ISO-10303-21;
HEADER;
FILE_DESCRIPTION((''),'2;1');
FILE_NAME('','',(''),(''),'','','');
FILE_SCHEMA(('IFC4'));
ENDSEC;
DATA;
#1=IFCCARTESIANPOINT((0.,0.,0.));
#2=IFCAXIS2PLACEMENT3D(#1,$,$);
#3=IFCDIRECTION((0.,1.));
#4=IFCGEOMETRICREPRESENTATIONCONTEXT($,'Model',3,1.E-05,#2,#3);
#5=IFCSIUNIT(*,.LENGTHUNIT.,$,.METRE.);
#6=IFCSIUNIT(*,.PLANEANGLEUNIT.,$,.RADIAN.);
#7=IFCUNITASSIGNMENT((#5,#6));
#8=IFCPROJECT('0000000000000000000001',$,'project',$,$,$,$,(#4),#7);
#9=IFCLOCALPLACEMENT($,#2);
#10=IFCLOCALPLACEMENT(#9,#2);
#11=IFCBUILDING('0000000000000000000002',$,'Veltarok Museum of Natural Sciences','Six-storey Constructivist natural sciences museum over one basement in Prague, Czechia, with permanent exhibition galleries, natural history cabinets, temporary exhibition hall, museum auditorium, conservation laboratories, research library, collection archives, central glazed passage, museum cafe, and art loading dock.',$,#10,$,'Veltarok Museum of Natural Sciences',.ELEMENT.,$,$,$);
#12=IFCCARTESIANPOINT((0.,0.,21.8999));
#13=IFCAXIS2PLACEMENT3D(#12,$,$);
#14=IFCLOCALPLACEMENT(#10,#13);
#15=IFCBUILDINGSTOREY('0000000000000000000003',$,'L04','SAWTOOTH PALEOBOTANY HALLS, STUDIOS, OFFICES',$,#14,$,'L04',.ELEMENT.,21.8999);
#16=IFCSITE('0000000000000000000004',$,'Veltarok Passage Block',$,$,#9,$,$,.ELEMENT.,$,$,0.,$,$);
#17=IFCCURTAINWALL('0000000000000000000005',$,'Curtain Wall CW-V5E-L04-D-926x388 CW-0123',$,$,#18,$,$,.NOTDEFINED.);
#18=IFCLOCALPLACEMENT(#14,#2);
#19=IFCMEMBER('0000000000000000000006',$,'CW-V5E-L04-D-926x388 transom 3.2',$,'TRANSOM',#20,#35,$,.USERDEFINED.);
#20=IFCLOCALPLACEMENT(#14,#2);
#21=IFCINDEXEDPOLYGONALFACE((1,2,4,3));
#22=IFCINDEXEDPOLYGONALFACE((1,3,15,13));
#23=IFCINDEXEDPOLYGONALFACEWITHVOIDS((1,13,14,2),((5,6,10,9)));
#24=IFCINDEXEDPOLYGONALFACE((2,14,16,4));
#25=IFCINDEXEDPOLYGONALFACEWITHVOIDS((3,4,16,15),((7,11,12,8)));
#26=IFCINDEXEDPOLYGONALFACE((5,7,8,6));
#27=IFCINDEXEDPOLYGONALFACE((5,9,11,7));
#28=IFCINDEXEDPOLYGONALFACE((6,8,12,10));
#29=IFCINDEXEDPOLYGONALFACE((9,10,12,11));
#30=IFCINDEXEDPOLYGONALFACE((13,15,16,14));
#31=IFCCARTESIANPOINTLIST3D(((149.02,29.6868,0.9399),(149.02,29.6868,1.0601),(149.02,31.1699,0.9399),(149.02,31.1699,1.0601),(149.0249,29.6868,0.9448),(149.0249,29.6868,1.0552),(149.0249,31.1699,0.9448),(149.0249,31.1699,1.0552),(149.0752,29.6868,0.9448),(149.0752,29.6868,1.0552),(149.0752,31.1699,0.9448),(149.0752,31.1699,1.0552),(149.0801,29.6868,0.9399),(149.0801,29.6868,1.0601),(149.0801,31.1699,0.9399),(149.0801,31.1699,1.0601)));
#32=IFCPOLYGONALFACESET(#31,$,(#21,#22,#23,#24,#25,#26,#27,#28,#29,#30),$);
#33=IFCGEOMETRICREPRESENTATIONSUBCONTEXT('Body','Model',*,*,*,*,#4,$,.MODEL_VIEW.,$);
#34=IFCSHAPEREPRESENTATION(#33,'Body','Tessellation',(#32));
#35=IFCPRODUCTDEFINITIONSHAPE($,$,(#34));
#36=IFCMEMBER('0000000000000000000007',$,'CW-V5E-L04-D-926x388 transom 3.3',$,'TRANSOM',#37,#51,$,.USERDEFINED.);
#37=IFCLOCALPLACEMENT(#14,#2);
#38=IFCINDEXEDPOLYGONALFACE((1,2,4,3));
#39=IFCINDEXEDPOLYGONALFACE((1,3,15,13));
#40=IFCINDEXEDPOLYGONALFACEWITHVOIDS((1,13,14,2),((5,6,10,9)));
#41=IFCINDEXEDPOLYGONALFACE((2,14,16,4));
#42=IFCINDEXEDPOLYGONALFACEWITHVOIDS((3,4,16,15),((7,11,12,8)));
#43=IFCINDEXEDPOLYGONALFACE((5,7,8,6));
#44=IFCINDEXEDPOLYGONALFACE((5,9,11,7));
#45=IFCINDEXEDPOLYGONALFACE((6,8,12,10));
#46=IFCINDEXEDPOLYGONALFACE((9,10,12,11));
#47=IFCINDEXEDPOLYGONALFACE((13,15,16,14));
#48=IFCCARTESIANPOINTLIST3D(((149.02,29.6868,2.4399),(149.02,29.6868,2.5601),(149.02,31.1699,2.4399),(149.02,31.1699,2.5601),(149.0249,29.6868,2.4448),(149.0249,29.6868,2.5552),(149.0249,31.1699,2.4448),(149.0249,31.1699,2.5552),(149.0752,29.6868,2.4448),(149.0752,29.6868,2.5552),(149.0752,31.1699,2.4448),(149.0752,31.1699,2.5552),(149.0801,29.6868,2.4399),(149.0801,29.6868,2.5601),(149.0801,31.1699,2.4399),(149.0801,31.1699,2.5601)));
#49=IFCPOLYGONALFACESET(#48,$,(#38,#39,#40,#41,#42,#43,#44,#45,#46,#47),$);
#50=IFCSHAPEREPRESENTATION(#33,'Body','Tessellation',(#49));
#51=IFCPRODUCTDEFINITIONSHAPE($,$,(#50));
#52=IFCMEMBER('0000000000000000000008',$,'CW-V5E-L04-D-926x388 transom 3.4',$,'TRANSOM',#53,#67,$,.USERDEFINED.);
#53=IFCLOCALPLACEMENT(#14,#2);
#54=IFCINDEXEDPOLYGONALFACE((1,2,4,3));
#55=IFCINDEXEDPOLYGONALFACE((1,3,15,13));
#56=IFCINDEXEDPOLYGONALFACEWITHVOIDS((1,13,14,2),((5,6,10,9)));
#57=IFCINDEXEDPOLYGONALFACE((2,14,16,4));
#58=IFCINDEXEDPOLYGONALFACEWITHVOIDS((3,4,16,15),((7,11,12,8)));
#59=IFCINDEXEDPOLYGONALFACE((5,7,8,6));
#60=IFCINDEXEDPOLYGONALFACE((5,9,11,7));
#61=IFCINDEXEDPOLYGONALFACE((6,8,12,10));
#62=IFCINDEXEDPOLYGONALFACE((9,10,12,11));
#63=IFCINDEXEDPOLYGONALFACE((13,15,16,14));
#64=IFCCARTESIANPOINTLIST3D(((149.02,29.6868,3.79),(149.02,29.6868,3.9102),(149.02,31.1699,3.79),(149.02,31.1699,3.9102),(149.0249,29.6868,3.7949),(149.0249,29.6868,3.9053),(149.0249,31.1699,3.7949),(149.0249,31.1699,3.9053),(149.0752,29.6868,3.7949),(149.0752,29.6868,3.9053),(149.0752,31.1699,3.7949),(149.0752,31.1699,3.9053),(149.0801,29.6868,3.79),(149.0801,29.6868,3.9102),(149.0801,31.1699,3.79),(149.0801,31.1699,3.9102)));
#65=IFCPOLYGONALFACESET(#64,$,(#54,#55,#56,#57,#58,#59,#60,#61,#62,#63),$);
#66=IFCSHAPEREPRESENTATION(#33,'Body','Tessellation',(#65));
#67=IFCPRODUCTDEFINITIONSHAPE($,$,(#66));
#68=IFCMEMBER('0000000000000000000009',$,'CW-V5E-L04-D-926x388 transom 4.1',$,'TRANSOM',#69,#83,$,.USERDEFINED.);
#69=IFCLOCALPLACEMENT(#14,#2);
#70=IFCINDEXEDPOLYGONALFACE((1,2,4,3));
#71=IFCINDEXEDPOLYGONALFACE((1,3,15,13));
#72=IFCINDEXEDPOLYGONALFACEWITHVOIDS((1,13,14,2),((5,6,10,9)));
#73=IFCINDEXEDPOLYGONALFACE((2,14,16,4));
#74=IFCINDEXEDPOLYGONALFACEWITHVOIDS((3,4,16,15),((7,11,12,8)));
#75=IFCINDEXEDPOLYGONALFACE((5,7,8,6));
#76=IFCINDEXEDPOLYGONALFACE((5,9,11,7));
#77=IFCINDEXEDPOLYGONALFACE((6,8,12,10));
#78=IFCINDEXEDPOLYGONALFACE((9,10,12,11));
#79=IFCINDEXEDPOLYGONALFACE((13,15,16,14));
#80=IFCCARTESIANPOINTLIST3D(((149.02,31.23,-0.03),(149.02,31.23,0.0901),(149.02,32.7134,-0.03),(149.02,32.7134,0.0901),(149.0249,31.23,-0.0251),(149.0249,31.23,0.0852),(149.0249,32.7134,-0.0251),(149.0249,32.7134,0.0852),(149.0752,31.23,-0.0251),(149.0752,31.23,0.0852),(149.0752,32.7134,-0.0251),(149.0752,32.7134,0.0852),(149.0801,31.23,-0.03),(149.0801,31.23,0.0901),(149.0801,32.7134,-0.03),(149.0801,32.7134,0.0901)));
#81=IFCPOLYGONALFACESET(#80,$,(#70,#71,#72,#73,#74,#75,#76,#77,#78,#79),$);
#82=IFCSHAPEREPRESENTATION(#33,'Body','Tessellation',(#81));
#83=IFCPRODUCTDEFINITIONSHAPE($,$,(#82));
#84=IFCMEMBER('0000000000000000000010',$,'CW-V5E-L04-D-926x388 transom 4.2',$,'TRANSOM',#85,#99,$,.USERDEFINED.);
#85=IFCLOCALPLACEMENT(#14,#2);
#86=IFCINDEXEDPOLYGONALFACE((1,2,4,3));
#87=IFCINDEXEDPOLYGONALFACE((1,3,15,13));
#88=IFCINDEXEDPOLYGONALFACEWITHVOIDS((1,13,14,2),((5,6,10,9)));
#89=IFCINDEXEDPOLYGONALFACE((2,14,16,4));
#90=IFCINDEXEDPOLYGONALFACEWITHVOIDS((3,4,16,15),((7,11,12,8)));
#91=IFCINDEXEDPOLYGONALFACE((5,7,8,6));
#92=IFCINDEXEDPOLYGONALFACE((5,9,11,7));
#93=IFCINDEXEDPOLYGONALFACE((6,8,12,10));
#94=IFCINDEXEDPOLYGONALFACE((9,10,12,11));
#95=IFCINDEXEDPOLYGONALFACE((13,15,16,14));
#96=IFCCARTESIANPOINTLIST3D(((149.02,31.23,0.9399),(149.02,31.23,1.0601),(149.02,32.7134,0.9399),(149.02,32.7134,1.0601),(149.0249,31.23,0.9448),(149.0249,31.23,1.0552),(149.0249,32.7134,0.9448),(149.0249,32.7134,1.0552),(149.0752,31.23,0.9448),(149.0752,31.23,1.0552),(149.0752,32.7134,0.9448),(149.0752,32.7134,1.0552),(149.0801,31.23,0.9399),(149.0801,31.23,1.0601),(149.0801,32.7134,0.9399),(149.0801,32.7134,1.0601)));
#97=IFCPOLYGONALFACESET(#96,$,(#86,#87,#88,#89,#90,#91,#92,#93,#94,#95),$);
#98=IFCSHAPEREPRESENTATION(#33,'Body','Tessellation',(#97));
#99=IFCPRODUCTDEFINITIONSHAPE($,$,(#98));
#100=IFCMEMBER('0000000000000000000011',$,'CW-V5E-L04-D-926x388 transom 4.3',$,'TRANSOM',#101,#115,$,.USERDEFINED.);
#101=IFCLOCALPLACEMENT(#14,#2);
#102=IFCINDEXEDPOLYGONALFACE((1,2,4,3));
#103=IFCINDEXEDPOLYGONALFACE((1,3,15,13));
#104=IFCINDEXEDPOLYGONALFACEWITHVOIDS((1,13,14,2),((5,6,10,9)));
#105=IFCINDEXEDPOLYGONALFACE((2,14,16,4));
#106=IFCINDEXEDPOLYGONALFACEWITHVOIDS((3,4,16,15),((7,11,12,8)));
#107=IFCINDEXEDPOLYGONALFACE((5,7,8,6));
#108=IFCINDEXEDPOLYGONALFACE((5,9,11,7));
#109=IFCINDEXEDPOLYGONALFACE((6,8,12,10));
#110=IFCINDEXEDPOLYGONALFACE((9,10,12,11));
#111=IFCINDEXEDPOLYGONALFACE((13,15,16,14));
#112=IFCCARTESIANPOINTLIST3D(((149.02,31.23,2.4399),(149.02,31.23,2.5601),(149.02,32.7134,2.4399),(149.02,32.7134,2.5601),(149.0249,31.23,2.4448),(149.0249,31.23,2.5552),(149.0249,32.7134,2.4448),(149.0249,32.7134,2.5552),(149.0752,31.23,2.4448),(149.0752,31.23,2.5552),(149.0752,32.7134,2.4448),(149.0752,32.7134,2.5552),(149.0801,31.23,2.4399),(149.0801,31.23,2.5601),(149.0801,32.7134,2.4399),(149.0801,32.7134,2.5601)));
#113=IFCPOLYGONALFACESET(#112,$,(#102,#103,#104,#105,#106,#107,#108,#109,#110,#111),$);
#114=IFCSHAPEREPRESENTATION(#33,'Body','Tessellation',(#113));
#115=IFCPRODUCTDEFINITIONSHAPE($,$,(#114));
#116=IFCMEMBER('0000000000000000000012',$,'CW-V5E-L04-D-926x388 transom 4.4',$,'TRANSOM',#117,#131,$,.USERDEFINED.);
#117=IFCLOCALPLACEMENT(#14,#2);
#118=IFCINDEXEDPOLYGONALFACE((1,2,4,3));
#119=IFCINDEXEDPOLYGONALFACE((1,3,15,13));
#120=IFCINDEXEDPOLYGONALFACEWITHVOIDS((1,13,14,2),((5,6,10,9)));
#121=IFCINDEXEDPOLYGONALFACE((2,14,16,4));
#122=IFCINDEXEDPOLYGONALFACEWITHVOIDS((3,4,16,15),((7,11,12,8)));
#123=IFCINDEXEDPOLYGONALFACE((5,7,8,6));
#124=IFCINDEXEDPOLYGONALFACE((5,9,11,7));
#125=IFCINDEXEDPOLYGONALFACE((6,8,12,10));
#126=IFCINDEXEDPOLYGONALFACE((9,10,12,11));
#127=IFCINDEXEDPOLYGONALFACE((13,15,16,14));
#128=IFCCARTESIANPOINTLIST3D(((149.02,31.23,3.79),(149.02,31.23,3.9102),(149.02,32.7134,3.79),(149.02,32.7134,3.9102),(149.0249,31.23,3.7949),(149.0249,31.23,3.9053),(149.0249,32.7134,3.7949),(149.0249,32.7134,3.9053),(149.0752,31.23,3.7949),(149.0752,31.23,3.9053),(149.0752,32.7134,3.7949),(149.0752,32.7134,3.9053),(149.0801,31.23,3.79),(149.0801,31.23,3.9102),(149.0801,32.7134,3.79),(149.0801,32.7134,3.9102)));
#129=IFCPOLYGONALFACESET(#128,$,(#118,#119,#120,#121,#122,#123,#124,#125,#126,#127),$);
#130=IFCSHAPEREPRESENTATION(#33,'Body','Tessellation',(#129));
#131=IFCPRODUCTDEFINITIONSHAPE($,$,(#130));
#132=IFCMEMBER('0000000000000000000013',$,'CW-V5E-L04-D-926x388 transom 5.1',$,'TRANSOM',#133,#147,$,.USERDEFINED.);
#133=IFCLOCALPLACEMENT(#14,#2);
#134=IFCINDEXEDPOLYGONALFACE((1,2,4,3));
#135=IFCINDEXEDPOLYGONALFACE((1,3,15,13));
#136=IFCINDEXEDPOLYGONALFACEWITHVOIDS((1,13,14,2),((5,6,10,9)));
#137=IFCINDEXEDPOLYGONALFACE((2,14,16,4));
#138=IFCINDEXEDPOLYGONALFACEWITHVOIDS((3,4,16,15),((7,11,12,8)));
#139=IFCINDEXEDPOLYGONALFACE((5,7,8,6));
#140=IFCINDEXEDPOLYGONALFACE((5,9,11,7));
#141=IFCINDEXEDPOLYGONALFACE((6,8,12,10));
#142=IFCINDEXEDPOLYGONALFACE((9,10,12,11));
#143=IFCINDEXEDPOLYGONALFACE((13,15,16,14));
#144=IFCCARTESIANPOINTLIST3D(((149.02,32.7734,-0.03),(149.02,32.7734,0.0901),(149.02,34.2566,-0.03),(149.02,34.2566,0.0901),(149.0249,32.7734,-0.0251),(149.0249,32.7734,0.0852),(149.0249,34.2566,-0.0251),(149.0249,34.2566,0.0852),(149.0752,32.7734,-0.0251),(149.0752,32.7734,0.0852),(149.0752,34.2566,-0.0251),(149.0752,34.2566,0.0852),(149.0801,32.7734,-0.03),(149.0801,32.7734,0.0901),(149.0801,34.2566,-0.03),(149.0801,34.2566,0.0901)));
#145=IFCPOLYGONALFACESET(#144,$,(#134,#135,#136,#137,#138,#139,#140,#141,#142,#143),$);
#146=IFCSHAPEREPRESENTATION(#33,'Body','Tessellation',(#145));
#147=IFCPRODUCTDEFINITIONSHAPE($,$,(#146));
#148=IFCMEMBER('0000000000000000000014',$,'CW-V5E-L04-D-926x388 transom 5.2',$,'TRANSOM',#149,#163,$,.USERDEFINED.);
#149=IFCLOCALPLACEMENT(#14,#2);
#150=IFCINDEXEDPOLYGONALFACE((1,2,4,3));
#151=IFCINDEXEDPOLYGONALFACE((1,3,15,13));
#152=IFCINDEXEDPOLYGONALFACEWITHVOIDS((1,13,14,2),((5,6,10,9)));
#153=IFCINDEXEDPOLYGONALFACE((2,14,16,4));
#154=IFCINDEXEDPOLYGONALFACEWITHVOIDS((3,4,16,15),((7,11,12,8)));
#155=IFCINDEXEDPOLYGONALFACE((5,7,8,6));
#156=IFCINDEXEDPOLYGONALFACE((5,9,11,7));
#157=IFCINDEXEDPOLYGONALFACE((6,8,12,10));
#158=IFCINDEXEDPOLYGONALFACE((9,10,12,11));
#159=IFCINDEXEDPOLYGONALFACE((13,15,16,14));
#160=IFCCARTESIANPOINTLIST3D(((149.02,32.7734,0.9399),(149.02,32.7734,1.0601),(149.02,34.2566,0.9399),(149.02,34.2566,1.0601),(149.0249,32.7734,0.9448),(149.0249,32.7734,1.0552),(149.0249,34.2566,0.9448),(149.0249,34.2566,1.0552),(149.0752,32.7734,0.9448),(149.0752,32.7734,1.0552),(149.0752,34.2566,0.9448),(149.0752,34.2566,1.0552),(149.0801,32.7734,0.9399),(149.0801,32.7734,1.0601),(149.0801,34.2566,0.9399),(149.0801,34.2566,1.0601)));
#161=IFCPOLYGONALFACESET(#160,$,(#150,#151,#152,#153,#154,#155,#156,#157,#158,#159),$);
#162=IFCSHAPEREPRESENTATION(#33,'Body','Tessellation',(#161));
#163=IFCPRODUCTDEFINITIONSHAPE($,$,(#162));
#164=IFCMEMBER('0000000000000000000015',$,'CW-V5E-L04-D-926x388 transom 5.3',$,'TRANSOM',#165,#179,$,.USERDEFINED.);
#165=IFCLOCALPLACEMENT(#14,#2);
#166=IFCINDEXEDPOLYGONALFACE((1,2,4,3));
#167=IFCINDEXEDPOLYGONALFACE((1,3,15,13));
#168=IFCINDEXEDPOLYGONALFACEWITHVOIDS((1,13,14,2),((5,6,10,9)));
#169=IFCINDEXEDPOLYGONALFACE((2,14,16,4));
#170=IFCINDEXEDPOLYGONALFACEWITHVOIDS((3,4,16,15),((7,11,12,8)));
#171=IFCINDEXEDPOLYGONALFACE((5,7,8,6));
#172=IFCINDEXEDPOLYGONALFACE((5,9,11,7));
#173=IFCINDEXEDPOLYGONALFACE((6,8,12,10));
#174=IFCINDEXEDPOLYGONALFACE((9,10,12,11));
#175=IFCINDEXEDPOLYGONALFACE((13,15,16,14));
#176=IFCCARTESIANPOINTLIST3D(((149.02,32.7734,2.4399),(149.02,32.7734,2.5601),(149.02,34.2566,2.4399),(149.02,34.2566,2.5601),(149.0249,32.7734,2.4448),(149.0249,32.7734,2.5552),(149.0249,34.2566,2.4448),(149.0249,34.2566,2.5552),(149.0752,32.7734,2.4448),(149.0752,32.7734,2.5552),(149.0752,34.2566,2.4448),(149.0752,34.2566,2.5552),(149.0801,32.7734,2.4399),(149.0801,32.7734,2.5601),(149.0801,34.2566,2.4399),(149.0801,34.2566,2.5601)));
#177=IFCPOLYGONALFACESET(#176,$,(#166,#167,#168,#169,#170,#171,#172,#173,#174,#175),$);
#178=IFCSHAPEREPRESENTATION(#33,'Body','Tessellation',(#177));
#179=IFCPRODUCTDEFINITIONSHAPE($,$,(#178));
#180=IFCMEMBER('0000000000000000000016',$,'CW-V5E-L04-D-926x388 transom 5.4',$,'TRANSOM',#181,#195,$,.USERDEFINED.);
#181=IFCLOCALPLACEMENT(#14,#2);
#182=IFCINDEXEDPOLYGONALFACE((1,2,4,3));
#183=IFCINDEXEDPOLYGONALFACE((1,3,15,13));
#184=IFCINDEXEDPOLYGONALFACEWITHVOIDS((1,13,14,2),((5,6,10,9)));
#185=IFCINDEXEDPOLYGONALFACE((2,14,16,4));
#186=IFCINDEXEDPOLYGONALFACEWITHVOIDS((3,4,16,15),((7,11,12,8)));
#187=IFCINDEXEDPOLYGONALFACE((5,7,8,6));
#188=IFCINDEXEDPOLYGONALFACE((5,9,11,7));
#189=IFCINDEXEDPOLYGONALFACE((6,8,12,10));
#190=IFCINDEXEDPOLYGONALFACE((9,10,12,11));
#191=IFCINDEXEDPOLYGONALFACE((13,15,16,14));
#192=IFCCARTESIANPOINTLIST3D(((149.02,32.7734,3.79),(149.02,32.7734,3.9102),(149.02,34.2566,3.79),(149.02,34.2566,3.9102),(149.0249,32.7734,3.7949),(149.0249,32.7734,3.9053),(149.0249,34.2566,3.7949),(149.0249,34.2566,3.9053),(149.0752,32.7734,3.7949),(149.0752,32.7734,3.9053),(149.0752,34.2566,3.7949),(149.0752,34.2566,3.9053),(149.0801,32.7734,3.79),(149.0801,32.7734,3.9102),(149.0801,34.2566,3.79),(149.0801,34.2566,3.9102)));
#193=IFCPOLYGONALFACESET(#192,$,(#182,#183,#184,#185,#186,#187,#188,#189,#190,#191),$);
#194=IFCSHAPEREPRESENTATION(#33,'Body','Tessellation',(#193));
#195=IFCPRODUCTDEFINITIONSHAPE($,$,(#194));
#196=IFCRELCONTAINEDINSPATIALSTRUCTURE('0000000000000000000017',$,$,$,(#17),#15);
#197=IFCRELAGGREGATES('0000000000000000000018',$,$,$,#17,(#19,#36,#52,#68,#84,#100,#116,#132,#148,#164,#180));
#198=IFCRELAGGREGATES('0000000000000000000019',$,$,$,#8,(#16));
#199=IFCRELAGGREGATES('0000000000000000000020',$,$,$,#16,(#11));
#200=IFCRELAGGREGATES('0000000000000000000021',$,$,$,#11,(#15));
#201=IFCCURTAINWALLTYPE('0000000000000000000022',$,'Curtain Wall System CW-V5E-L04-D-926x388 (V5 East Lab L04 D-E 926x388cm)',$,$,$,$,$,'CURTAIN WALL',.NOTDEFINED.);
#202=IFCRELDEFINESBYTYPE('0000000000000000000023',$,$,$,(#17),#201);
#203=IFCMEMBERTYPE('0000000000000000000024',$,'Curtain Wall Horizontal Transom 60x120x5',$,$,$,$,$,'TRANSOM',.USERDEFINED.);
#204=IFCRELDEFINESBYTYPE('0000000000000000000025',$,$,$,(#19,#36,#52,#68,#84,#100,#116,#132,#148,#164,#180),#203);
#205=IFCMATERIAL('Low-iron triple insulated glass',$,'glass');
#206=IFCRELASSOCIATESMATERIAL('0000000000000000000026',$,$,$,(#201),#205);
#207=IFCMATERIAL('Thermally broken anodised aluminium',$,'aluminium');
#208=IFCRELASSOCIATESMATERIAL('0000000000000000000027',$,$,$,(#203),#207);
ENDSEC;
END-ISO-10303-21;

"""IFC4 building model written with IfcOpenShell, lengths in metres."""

from ifc_helpers import new_model, si_unit, direction, frame, origin, origin_2d, place, context, subcontext, project, spatial, hollow_rectangle, extrude, material, material_profile, profile_set, type_object, element, aggregate, save


model = new_model("IFC4")

# Units and contexts
model_context = context("Model", 3, precision=1e-05, world=origin(), true_north=direction((0.0, 1.0)))
body_context = subcontext(model_context, "Body", "Model", "MODEL_VIEW")
ifc_project = project(units=[si_unit("LENGTHUNIT", "METRE"), si_unit("PLANEANGLEUNIT", "RADIAN")], contexts=[model_context])

# Site, building, storey
site_placement = place(None, origin())
site = spatial("IfcSite", under=ifc_project, at=site_placement, Name="Veltarok Passage Block", CompositionType="ELEMENT", RefElevation=0.0)
building_placement = place(site_placement, origin())
building = spatial("IfcBuilding", under=site, at=building_placement, Name="Veltarok Museum of Natural Sciences", Description="Six-storey Constructivist natural sciences museum over one basement in Prague, Czechia, with permanent exhibition galleries, natural history cabinets, temporary exhibition hall, museum auditorium, conservation laboratories, research library, collection archives, central glazed passage, museum cafe, and art loading dock.", LongName="Veltarok Museum of Natural Sciences", CompositionType="ELEMENT")
storey_placement = place(building_placement, frame((0.0, 0.0, 21.8999)))
storey = spatial("IfcBuildingStorey", under=building, at=storey_placement, Name="L04", Description="SAWTOOTH PALEOBOTANY HALLS, STUDIOS, OFFICES", LongName="L04", CompositionType="ELEMENT", Elevation=21.8999)

# Curtain wall, members
ifc_material_1 = material(Name="Low-iron triple insulated glass", Category="glass")
curtain_wall_type = type_object("IfcCurtainWallType", Name="Curtain Wall System CW-V5E-L04-D-926x388 (V5 East Lab L04 D-E 926x388cm)", ElementType="CURTAIN WALL", PredefinedType="NOTDEFINED", material=ifc_material_1)
curtain_wall_placement = place(storey_placement, origin())
curtain_wall = element("IfcCurtainWall", 1, at=curtain_wall_placement, inside=storey, type_object=curtain_wall_type, Name="Curtain Wall CW-V5E-L04-D-926x388 CW-0123", PredefinedType="NOTDEFINED")
ifc_material_2 = material(Name="Thermally broken anodised aluminium", Category="aluminium")
ifc_material_profile_1 = material_profile(ifc_material_2, hollow_rectangle(XDim=0.0601, YDim=0.1201, WallThickness=0.0049, at=origin_2d()), Name="CW TRANSOM 60x120x5")
ifc_profile_set_1 = profile_set([ifc_material_profile_1], Name="Thermally broken anodised aluminium")
member_type_1 = type_object("IfcMemberType", Name="Curtain Wall Horizontal Transom 60x120x5", ElementType="TRANSOM", PredefinedType="USERDEFINED", material=ifc_profile_set_1)
member_1_placement = place(storey_placement, frame((149.05, 29.6868, 1.0), z_axis=(0.0, 1.0, 0.0), x_axis=(-1.0, 0.0, 0.0)))
member_1 = element("IfcMember", 2, at=member_1_placement, type_object=member_type_1, Name="CW-V5E-L04-D-926x388 transom 3.2", ObjectType="TRANSOM", PredefinedType="USERDEFINED", context=body_context, shape_type="SweptSolid", body=[
    extrude(hollow_rectangle(XDim=0.0601, YDim=0.1201, WallThickness=0.0049, at=origin_2d()), origin(), (0.0, 0.0, 1.0), 1.4832),
])
member_2_placement = place(storey_placement, frame((149.05, 29.6868, 2.5), z_axis=(0.0, 1.0, 0.0), x_axis=(-1.0, 0.0, 0.0)))
member_2 = element("IfcMember", 3, at=member_2_placement, type_object=member_type_1, Name="CW-V5E-L04-D-926x388 transom 3.3", ObjectType="TRANSOM", PredefinedType="USERDEFINED", context=body_context, shape_type="SweptSolid", body=[
    extrude(hollow_rectangle(XDim=0.0601, YDim=0.1201, WallThickness=0.0049, at=origin_2d()), origin(), (0.0, 0.0, 1.0), 1.4832),
])
member_3_placement = place(storey_placement, frame((149.05, 29.6868, 3.8501), z_axis=(0.0, 1.0, 0.0), x_axis=(-1.0, 0.0, 0.0)))
member_3 = element("IfcMember", 4, at=member_3_placement, type_object=member_type_1, Name="CW-V5E-L04-D-926x388 transom 3.4", ObjectType="TRANSOM", PredefinedType="USERDEFINED", context=body_context, shape_type="SweptSolid", body=[
    extrude(hollow_rectangle(XDim=0.0601, YDim=0.1201, WallThickness=0.0049, at=origin_2d()), origin(), (0.0, 0.0, 1.0), 1.4832),
])
member_4_placement = place(storey_placement, frame((149.05, 31.23, 0.03), z_axis=(0.0, 1.0, 0.0), x_axis=(-1.0, 0.0, 0.0)))
member_4 = element("IfcMember", 5, at=member_4_placement, type_object=member_type_1, Name="CW-V5E-L04-D-926x388 transom 4.1", ObjectType="TRANSOM", PredefinedType="USERDEFINED", context=body_context, shape_type="SweptSolid", body=[
    extrude(hollow_rectangle(XDim=0.0601, YDim=0.1201, WallThickness=0.0049, at=origin_2d()), origin(), (0.0, 0.0, 1.0), 1.4834),
])
member_5_placement = place(storey_placement, frame((149.05, 31.23, 1.0), z_axis=(0.0, 1.0, 0.0), x_axis=(-1.0, 0.0, 0.0)))
member_5 = element("IfcMember", 6, at=member_5_placement, type_object=member_type_1, Name="CW-V5E-L04-D-926x388 transom 4.2", ObjectType="TRANSOM", PredefinedType="USERDEFINED", context=body_context, shape_type="SweptSolid", body=[
    extrude(hollow_rectangle(XDim=0.0601, YDim=0.1201, WallThickness=0.0049, at=origin_2d()), origin(), (0.0, 0.0, 1.0), 1.4834),
])
member_6_placement = place(storey_placement, frame((149.05, 31.23, 2.5), z_axis=(0.0, 1.0, 0.0), x_axis=(-1.0, 0.0, 0.0)))
member_6 = element("IfcMember", 7, at=member_6_placement, type_object=member_type_1, Name="CW-V5E-L04-D-926x388 transom 4.3", ObjectType="TRANSOM", PredefinedType="USERDEFINED", context=body_context, shape_type="SweptSolid", body=[
    extrude(hollow_rectangle(XDim=0.0601, YDim=0.1201, WallThickness=0.0049, at=origin_2d()), origin(), (0.0, 0.0, 1.0), 1.4834),
])
member_7_placement = place(storey_placement, frame((149.05, 31.23, 3.8501), z_axis=(0.0, 1.0, 0.0), x_axis=(-1.0, 0.0, 0.0)))
member_7 = element("IfcMember", 8, at=member_7_placement, type_object=member_type_1, Name="CW-V5E-L04-D-926x388 transom 4.4", ObjectType="TRANSOM", PredefinedType="USERDEFINED", context=body_context, shape_type="SweptSolid", body=[
    extrude(hollow_rectangle(XDim=0.0601, YDim=0.1201, WallThickness=0.0049, at=origin_2d()), origin(), (0.0, 0.0, 1.0), 1.4834),
])
member_8_placement = place(storey_placement, frame((149.05, 32.7734, 0.03), z_axis=(0.0, 1.0, 0.0), x_axis=(-1.0, 0.0, 0.0)))
member_8 = element("IfcMember", 9, at=member_8_placement, type_object=member_type_1, Name="CW-V5E-L04-D-926x388 transom 5.1", ObjectType="TRANSOM", PredefinedType="USERDEFINED", context=body_context, shape_type="SweptSolid", body=[
    extrude(hollow_rectangle(XDim=0.0601, YDim=0.1201, WallThickness=0.0049, at=origin_2d()), origin(), (0.0, 0.0, 1.0), 1.4832),
])
member_9_placement = place(storey_placement, frame((149.05, 32.7734, 1.0), z_axis=(0.0, 1.0, 0.0), x_axis=(-1.0, 0.0, 0.0)))
member_9 = element("IfcMember", 10, at=member_9_placement, type_object=member_type_1, Name="CW-V5E-L04-D-926x388 transom 5.2", ObjectType="TRANSOM", PredefinedType="USERDEFINED", context=body_context, shape_type="SweptSolid", body=[
    extrude(hollow_rectangle(XDim=0.0601, YDim=0.1201, WallThickness=0.0049, at=origin_2d()), origin(), (0.0, 0.0, 1.0), 1.4832),
])
member_10_placement = place(storey_placement, frame((149.05, 32.7734, 2.5), z_axis=(0.0, 1.0, 0.0), x_axis=(-1.0, 0.0, 0.0)))
member_10 = element("IfcMember", 11, at=member_10_placement, type_object=member_type_1, Name="CW-V5E-L04-D-926x388 transom 5.3", ObjectType="TRANSOM", PredefinedType="USERDEFINED", context=body_context, shape_type="SweptSolid", body=[
    extrude(hollow_rectangle(XDim=0.0601, YDim=0.1201, WallThickness=0.0049, at=origin_2d()), origin(), (0.0, 0.0, 1.0), 1.4832),
])
member_11_placement = place(storey_placement, frame((149.05, 32.7734, 3.8501), z_axis=(0.0, 1.0, 0.0), x_axis=(-1.0, 0.0, 0.0)))
member_11 = element("IfcMember", 12, at=member_11_placement, type_object=member_type_1, Name="CW-V5E-L04-D-926x388 transom 5.4", ObjectType="TRANSOM", PredefinedType="USERDEFINED", context=body_context, shape_type="SweptSolid", body=[
    extrude(hollow_rectangle(XDim=0.0601, YDim=0.1201, WallThickness=0.0049, at=origin_2d()), origin(), (0.0, 0.0, 1.0), 1.4832),
])
aggregate(curtain_wall, [member_1, member_2, member_3, member_4, member_5, member_6, member_7, member_8, member_9, member_10, member_11])

save(model, "model.ifc")
